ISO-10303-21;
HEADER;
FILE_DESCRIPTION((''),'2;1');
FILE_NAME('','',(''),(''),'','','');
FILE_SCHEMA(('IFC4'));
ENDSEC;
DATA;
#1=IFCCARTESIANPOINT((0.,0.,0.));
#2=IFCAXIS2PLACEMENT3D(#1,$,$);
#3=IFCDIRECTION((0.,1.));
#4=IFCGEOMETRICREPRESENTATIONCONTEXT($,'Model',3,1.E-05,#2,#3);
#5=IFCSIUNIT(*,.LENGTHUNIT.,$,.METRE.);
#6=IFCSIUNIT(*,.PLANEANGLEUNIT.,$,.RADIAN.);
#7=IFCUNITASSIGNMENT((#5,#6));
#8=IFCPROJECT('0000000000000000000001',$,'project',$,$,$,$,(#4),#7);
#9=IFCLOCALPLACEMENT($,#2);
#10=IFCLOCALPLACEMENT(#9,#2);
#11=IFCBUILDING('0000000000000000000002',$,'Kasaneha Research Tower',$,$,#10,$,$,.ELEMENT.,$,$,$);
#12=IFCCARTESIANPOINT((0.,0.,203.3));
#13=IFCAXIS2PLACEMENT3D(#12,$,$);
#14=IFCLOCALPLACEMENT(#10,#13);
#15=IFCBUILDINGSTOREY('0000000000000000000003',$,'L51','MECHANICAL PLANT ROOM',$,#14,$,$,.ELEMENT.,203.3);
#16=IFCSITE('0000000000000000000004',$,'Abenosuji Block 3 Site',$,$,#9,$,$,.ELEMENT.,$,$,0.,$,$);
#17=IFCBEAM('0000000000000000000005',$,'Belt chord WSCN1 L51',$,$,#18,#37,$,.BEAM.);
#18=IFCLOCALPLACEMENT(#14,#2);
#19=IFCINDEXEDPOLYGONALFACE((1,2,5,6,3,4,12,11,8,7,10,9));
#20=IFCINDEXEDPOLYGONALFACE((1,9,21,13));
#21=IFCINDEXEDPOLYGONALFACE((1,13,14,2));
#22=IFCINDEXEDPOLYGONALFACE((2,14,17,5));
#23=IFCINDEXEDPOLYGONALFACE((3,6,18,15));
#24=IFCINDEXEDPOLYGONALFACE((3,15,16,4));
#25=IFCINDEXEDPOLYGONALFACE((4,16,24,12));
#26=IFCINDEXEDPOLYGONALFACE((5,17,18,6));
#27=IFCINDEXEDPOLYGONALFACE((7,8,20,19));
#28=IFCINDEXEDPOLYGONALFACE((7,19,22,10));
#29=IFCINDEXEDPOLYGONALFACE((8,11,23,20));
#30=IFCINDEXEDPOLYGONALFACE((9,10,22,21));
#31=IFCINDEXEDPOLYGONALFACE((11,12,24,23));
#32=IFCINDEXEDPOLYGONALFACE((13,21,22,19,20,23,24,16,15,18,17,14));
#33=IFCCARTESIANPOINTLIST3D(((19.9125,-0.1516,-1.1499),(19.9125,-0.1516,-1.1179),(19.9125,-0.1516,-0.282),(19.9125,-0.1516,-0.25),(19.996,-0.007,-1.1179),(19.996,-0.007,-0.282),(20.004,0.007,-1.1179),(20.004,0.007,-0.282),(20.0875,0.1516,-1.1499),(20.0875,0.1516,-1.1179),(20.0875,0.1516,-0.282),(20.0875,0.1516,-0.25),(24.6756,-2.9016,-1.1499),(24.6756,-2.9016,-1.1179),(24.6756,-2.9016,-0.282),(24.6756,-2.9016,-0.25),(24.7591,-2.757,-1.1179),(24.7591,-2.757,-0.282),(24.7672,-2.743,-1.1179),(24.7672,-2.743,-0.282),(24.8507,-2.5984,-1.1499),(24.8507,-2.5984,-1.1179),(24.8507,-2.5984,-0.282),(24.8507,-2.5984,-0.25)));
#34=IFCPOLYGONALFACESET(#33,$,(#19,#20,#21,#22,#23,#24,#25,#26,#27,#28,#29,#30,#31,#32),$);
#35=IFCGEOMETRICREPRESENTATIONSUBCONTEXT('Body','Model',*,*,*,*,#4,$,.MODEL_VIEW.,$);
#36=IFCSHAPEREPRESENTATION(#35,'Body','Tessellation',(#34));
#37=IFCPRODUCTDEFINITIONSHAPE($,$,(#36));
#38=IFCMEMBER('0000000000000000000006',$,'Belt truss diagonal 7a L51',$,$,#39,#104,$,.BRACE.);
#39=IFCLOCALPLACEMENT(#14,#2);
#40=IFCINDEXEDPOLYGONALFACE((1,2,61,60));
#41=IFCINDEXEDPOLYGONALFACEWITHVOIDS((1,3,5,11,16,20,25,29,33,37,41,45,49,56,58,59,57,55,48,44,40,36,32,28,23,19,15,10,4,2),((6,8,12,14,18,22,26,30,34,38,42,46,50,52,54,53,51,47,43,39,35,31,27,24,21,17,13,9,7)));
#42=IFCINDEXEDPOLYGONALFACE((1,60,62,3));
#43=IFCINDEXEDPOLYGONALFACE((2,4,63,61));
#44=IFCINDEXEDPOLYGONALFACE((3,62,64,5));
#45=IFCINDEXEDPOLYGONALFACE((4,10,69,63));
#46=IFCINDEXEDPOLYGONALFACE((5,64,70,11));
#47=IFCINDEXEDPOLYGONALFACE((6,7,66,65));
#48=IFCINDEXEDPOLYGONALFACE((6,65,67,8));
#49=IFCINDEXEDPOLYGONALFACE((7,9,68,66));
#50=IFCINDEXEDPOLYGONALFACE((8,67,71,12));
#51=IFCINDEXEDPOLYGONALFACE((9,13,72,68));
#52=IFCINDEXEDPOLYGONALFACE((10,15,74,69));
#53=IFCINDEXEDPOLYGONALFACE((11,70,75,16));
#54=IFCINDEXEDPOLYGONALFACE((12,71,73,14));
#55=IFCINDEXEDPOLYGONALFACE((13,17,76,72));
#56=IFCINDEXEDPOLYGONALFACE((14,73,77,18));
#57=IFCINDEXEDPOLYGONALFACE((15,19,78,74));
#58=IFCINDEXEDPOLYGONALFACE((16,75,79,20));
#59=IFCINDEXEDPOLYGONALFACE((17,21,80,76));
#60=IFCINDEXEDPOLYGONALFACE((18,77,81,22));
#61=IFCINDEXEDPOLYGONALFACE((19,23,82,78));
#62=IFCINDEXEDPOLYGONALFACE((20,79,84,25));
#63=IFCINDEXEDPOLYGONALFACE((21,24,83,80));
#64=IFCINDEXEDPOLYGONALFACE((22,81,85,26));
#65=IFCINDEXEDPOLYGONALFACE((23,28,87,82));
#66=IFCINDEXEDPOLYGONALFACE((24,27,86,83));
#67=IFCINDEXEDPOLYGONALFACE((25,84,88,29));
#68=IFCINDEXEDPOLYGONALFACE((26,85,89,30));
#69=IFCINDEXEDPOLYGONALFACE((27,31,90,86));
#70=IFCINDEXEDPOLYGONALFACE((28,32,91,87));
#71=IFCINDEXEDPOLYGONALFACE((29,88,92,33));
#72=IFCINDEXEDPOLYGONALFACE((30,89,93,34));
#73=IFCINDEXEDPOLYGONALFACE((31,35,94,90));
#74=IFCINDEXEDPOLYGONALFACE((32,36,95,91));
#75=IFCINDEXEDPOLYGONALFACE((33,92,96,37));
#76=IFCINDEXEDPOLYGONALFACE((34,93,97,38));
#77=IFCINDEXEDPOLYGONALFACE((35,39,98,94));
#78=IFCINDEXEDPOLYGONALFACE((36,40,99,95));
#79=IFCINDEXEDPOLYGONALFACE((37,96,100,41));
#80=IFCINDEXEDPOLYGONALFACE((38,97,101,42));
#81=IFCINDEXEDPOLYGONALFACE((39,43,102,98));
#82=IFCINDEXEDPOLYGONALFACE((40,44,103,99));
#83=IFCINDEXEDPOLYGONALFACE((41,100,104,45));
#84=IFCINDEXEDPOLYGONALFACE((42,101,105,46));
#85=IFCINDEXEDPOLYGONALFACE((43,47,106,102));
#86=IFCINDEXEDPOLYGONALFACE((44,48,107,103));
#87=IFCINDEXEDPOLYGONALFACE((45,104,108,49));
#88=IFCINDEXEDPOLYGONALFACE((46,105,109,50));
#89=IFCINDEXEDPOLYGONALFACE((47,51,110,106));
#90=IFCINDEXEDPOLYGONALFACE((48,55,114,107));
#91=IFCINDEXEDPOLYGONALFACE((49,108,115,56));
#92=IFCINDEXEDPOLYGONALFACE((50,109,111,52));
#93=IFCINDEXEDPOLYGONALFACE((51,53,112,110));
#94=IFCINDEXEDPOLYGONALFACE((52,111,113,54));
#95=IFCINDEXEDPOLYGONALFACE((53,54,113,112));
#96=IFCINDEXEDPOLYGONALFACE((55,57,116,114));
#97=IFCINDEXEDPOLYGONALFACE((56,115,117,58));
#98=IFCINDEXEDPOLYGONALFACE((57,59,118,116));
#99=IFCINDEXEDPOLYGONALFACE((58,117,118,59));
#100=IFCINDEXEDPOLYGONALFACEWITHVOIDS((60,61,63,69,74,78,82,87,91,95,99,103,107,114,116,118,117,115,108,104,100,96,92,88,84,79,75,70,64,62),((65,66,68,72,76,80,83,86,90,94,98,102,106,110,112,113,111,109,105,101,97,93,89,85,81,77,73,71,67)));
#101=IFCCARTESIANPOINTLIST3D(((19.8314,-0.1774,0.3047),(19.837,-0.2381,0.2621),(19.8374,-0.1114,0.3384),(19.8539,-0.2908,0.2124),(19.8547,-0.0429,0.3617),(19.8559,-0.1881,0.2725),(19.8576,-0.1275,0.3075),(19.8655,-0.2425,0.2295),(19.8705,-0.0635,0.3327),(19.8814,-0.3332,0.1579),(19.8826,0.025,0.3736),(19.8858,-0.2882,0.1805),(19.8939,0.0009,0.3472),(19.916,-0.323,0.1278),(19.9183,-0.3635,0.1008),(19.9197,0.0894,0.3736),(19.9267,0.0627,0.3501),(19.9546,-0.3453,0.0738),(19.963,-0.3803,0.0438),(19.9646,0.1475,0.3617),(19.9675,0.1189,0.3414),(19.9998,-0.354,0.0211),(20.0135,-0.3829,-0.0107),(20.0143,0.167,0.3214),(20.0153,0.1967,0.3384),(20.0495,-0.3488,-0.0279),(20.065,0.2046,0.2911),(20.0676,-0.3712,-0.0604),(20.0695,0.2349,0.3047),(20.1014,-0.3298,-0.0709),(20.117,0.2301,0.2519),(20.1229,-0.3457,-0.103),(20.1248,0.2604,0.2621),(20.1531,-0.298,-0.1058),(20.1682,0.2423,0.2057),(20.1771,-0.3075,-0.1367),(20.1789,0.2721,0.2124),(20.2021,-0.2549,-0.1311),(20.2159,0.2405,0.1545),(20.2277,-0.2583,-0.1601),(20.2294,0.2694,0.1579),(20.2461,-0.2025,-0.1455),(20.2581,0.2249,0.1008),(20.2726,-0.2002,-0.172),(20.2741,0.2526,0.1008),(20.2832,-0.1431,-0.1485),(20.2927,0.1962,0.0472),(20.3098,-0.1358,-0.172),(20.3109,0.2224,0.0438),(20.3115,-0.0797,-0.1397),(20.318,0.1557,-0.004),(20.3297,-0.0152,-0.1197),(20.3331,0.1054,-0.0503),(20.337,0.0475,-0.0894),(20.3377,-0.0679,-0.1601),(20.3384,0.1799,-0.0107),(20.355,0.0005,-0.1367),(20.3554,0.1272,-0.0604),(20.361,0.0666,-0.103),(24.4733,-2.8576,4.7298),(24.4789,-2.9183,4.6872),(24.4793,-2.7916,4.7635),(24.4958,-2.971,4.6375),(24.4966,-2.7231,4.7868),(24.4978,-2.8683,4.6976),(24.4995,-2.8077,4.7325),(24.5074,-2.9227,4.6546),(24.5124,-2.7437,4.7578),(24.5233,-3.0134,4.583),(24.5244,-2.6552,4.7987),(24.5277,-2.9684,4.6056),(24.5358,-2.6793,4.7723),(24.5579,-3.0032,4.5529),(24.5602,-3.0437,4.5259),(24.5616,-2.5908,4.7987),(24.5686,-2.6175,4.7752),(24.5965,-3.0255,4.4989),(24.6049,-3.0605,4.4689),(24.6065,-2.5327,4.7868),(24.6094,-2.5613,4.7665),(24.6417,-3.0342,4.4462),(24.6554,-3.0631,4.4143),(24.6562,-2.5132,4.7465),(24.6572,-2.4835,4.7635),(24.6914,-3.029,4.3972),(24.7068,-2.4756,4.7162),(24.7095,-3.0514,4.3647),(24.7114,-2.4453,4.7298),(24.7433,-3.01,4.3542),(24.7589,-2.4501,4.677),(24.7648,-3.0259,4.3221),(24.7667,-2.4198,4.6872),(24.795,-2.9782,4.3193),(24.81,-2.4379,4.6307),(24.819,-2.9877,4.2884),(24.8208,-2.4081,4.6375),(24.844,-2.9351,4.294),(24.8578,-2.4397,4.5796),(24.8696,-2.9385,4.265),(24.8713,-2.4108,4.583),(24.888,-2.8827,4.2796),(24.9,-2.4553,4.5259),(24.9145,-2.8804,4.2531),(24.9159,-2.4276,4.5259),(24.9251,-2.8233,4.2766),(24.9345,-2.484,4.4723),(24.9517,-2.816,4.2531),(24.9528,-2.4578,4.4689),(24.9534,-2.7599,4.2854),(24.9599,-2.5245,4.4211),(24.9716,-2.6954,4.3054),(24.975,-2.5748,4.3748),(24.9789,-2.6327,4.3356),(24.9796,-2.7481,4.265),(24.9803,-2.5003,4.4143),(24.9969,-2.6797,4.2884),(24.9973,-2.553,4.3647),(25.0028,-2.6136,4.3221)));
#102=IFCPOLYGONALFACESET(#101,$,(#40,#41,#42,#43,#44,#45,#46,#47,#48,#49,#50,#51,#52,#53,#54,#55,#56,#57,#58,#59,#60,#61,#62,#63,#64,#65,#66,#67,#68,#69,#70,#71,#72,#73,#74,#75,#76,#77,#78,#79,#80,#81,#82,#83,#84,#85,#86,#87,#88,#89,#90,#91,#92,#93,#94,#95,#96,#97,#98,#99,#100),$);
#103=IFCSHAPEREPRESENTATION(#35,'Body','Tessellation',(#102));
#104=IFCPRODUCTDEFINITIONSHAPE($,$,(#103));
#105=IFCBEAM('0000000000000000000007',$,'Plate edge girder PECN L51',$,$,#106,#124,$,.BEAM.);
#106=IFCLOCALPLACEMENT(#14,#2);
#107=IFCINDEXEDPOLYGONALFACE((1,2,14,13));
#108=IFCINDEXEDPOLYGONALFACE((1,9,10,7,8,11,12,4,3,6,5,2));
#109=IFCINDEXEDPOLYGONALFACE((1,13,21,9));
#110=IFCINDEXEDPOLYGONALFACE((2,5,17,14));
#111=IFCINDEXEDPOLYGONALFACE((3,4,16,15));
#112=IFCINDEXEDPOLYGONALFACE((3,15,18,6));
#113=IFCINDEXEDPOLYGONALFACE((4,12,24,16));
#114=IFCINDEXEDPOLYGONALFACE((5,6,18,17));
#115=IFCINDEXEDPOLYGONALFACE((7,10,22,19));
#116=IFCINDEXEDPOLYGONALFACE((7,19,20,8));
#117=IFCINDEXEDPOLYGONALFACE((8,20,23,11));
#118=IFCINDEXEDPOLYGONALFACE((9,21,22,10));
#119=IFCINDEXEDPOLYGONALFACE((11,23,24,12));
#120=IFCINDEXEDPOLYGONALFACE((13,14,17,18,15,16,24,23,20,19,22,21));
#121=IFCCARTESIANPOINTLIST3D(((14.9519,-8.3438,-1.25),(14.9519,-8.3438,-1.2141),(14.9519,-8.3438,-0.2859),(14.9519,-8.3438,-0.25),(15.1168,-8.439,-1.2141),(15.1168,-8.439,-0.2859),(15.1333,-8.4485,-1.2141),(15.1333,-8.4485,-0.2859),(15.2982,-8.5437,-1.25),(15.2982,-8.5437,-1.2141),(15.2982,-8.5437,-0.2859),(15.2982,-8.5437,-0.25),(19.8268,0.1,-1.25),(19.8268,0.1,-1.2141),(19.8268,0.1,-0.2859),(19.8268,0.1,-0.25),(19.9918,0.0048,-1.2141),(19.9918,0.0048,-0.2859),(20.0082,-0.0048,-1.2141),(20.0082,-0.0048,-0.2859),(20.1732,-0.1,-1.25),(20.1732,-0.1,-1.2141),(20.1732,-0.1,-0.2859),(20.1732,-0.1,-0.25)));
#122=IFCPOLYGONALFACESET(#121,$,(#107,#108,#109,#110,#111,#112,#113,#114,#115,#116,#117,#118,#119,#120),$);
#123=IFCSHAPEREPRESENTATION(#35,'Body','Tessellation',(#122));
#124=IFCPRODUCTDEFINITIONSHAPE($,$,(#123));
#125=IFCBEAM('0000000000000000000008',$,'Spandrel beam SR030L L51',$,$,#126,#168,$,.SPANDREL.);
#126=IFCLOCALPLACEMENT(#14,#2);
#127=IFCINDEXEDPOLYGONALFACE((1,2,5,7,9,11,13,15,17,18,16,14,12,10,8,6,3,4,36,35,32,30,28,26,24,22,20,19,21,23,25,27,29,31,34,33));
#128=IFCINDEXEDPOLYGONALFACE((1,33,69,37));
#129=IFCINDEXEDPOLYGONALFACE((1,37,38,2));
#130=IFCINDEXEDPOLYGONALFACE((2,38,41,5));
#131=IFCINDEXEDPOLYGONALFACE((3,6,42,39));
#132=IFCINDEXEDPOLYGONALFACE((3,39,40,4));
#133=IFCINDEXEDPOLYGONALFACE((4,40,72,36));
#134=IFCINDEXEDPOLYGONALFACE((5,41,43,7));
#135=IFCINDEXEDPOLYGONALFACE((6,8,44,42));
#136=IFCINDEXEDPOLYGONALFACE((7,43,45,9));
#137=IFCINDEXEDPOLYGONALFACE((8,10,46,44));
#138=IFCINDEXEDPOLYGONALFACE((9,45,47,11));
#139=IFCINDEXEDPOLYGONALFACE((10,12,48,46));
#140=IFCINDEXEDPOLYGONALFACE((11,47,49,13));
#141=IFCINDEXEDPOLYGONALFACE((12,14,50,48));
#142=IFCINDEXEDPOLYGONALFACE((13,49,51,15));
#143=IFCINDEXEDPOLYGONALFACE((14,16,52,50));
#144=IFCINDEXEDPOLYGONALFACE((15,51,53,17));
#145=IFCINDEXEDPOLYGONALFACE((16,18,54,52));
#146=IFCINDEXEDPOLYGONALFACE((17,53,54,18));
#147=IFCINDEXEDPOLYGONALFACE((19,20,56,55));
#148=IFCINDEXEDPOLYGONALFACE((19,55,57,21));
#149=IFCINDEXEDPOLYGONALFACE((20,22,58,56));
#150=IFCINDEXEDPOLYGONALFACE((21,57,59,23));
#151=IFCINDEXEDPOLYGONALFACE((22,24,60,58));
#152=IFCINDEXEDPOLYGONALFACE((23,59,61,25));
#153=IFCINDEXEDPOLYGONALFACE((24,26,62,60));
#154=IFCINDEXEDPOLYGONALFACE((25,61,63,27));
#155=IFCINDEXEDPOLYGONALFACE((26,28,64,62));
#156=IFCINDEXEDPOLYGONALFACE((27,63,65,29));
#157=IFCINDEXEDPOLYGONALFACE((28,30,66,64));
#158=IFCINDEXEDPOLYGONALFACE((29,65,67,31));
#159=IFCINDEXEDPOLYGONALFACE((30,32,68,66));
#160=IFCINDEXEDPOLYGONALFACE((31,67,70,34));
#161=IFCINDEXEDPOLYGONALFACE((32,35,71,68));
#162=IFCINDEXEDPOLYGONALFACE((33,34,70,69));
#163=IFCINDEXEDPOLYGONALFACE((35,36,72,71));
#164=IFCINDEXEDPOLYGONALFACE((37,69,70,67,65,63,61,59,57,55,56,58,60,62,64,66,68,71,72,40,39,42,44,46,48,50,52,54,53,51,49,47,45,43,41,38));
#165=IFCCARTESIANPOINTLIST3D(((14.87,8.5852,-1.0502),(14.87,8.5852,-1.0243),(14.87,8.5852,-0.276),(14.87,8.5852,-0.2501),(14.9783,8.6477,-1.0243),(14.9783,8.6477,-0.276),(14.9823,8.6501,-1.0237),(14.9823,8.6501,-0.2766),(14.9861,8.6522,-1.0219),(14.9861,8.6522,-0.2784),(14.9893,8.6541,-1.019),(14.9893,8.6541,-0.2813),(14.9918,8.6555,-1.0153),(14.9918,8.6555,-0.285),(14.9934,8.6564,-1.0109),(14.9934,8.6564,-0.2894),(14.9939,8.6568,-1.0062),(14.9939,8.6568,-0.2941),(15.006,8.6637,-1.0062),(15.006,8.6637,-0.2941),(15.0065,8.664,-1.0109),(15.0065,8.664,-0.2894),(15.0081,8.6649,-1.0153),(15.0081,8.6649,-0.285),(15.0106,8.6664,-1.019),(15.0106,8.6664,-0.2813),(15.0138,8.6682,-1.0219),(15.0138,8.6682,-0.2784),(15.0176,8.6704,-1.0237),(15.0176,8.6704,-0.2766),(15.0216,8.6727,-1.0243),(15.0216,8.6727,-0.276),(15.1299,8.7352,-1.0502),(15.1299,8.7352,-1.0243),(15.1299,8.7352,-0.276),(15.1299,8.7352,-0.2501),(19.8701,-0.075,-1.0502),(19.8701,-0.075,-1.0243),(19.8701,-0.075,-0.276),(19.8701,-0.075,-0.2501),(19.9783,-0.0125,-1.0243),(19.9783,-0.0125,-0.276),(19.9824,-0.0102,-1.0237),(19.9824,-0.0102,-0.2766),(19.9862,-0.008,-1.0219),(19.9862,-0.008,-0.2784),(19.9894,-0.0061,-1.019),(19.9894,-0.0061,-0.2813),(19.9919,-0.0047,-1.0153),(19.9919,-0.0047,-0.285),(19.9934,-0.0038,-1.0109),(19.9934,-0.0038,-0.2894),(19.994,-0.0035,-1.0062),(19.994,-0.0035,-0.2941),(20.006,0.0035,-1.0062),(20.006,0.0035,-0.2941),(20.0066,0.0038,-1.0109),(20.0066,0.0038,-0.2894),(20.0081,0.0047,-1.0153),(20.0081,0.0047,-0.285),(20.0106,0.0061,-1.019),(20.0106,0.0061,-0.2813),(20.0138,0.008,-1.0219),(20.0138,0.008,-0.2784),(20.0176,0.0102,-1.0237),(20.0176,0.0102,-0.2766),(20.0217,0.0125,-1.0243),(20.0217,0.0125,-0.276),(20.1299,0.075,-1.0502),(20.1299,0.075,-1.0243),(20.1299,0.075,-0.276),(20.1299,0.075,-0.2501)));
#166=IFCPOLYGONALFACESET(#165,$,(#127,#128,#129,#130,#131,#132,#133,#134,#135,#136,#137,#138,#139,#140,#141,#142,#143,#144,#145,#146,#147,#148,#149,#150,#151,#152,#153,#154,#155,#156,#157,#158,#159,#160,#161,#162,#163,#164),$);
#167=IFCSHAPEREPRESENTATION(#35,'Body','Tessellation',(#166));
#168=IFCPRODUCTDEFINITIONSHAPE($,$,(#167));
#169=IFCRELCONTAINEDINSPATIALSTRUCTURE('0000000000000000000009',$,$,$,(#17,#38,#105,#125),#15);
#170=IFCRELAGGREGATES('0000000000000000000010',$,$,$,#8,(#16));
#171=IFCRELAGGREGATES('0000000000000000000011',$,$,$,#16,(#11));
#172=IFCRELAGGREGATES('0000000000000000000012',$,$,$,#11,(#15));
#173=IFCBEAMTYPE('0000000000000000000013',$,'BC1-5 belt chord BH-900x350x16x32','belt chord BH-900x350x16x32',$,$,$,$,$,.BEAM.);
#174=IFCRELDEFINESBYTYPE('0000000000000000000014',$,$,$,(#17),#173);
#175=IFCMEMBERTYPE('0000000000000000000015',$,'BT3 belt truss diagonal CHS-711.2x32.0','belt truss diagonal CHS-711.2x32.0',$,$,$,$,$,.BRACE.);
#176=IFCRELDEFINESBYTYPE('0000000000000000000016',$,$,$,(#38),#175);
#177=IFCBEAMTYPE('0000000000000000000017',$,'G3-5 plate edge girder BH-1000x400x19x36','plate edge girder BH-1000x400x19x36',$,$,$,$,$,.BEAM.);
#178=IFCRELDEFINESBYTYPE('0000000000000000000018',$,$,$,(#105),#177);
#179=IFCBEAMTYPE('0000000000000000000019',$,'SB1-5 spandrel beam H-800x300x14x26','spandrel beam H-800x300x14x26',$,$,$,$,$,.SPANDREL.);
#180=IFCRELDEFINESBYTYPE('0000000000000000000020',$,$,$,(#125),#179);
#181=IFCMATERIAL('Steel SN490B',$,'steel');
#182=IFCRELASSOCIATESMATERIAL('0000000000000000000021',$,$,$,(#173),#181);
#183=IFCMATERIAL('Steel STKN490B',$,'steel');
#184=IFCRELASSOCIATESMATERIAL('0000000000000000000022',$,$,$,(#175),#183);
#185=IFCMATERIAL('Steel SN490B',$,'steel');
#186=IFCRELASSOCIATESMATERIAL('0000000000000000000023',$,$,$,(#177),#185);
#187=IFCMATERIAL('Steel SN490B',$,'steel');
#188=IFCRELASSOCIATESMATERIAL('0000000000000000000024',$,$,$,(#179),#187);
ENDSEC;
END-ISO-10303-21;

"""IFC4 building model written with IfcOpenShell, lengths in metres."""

from ifc_helpers import new_model, si_unit, direction, frame, origin, origin_2d, place, context, subcontext, project, spatial, hollow_circle, i_section, extrude, material, material_profile, profile_set, type_object, element, save


model = new_model("IFC4")

# Units and contexts
model_context = context("Model", 3, precision=1e-05, world=origin(), true_north=direction((0.0, 1.0)))
body_context = subcontext(model_context, "Body", "Model", "MODEL_VIEW")
ifc_project = project(units=[si_unit("LENGTHUNIT", "METRE"), si_unit("PLANEANGLEUNIT", "RADIAN")], contexts=[model_context])

# Site, building, storey
site_placement = place(None, origin())
site = spatial("IfcSite", under=ifc_project, at=site_placement, Name="Abenosuji Block 3 Site", CompositionType="ELEMENT", RefElevation=0.0)
building_placement = place(site_placement, origin())
building = spatial("IfcBuilding", under=site, at=building_placement, Name="Kasaneha Research Tower", CompositionType="ELEMENT")
storey_placement = place(building_placement, frame((0.0, 0.0, 203.3)))
storey = spatial("IfcBuildingStorey", under=building, at=storey_placement, Name="L51", Description="MECHANICAL PLANT ROOM", CompositionType="ELEMENT", Elevation=203.3)

# Beam
ifc_material_1 = material(Name="Steel SN490B", Category="steel")
ifc_material_profile_1 = material_profile(ifc_material_1, i_section(OverallWidth=0.3501, OverallDepth=0.8999, WebThickness=0.0161, FlangeThickness=0.032, at=origin_2d()), Name="BH-900x350x16x32")
ifc_profile_set_1 = profile_set([ifc_material_profile_1], Name="Steel SN490B")
beam_type_1 = type_object("IfcBeamType", Name="BC1-5 belt chord BH-900x350x16x32", Description="belt chord BH-900x350x16x32", PredefinedType="BEAM", material=ifc_profile_set_1)
beam_1_placement = place(storey_placement, frame((20.0, 0.0, -0.7), z_axis=(0.866027, -0.499997, 0.0), x_axis=(0.499997, 0.866027, 0.0)))
element("IfcBeam", 1, at=beam_1_placement, inside=storey, type_object=beam_type_1, Name="Belt chord WSCN1 L51", PredefinedType="BEAM", context=body_context, shape_type="SweptSolid", body=[
    extrude(i_section(OverallWidth=0.3501, OverallDepth=0.8999, WebThickness=0.0161, FlangeThickness=0.032, at=origin_2d()), origin(), (0.0, 0.0, 1.0), 5.5),
])

# Member
ifc_material_2 = material(Name="Steel STKN490B", Category="steel")
ifc_material_profile_2 = material_profile(ifc_material_2, hollow_circle(Radius=0.3557, WallThickness=0.032, at=origin_2d()), Name="CHS-711.2x32.0")
ifc_profile_set_2 = profile_set([ifc_material_profile_2], Name="Steel STKN490B")
member_type = type_object("IfcMemberType", Name="BT3 belt truss diagonal CHS-711.2x32.0", Description="belt truss diagonal CHS-711.2x32.0", PredefinedType="BRACE", material=ifc_profile_set_2)
member_placement = place(storey_placement, frame((20.0962, -0.0554, 0.1008), z_axis=(0.667832, -0.385602, 0.636641), x_axis=(0.500029, 0.866009, 0.0)))
element("IfcMember", 2, at=member_placement, inside=storey, type_object=member_type, Name="Belt truss diagonal 7a L51", PredefinedType="BRACE", context=body_context, shape_type="SweptSolid", body=[
    extrude(hollow_circle(Radius=0.3557, WallThickness=0.032, at=origin_2d()), origin(), (0.0, 0.0, 1.0), 6.9507),
])

# Beams
ifc_material_3 = material(Name="Steel SN490B", Category="steel")
ifc_material_profile_3 = material_profile(ifc_material_3, i_section(OverallWidth=0.3999, OverallDepth=1.0, WebThickness=0.019, FlangeThickness=0.0359, at=origin_2d()), Name="BH-1000x400x19x36")
ifc_profile_set_3 = profile_set([ifc_material_profile_3], Name="Steel SN490B")
beam_type_2 = type_object("IfcBeamType", Name="G3-5 plate edge girder BH-1000x400x19x36", Description="plate edge girder BH-1000x400x19x36", PredefinedType="BEAM", material=ifc_profile_set_3)
beam_2_placement = place(storey_placement, frame((20.0, 0.0, -0.75), z_axis=(-0.499996, -0.866028, 0.0), x_axis=(0.866028, -0.499996, 0.0)))
element("IfcBeam", 3, at=beam_2_placement, inside=storey, type_object=beam_type_2, Name="Plate edge girder PECN L51", PredefinedType="BEAM", context=body_context, shape_type="SweptSolid", body=[
    extrude(i_section(OverallWidth=0.3999, OverallDepth=1.0, WebThickness=0.019, FlangeThickness=0.0359, at=origin_2d()), origin(), (0.0, 0.0, 1.0), 9.75),
])
ifc_material_4 = material(Name="Steel SN490B", Category="steel")
ifc_material_profile_4 = material_profile(ifc_material_4, i_section(OverallWidth=0.3, OverallDepth=0.8, WebThickness=0.0139, FlangeThickness=0.0259, FilletRadius=0.0181, at=origin_2d()), Name="H-800x300x14x26")
ifc_profile_set_4 = profile_set([ifc_material_profile_4], Name="Steel SN490B")
beam_type_3 = type_object("IfcBeamType", Name="SB1-5 spandrel beam H-800x300x14x26", Description="spandrel beam H-800x300x14x26", PredefinedType="SPANDREL", material=ifc_profile_set_4)
beam_3_placement = place(storey_placement, frame((20.0, 0.0, -0.6501), z_axis=(-0.500004, 0.866023, 0.0), x_axis=(-0.866023, -0.500004, 0.0)))
element("IfcBeam", 4, at=beam_3_placement, inside=storey, type_object=beam_type_3, Name="Spandrel beam SR030L L51", PredefinedType="SPANDREL", context=body_context, shape_type="SweptSolid", body=[
    extrude(i_section(OverallWidth=0.3, OverallDepth=0.8, WebThickness=0.0139, FlangeThickness=0.0259, FilletRadius=0.0181, at=origin_2d()), origin(), (0.0, 0.0, 1.0), 10.0),
])

save(model, "model.ifc")
